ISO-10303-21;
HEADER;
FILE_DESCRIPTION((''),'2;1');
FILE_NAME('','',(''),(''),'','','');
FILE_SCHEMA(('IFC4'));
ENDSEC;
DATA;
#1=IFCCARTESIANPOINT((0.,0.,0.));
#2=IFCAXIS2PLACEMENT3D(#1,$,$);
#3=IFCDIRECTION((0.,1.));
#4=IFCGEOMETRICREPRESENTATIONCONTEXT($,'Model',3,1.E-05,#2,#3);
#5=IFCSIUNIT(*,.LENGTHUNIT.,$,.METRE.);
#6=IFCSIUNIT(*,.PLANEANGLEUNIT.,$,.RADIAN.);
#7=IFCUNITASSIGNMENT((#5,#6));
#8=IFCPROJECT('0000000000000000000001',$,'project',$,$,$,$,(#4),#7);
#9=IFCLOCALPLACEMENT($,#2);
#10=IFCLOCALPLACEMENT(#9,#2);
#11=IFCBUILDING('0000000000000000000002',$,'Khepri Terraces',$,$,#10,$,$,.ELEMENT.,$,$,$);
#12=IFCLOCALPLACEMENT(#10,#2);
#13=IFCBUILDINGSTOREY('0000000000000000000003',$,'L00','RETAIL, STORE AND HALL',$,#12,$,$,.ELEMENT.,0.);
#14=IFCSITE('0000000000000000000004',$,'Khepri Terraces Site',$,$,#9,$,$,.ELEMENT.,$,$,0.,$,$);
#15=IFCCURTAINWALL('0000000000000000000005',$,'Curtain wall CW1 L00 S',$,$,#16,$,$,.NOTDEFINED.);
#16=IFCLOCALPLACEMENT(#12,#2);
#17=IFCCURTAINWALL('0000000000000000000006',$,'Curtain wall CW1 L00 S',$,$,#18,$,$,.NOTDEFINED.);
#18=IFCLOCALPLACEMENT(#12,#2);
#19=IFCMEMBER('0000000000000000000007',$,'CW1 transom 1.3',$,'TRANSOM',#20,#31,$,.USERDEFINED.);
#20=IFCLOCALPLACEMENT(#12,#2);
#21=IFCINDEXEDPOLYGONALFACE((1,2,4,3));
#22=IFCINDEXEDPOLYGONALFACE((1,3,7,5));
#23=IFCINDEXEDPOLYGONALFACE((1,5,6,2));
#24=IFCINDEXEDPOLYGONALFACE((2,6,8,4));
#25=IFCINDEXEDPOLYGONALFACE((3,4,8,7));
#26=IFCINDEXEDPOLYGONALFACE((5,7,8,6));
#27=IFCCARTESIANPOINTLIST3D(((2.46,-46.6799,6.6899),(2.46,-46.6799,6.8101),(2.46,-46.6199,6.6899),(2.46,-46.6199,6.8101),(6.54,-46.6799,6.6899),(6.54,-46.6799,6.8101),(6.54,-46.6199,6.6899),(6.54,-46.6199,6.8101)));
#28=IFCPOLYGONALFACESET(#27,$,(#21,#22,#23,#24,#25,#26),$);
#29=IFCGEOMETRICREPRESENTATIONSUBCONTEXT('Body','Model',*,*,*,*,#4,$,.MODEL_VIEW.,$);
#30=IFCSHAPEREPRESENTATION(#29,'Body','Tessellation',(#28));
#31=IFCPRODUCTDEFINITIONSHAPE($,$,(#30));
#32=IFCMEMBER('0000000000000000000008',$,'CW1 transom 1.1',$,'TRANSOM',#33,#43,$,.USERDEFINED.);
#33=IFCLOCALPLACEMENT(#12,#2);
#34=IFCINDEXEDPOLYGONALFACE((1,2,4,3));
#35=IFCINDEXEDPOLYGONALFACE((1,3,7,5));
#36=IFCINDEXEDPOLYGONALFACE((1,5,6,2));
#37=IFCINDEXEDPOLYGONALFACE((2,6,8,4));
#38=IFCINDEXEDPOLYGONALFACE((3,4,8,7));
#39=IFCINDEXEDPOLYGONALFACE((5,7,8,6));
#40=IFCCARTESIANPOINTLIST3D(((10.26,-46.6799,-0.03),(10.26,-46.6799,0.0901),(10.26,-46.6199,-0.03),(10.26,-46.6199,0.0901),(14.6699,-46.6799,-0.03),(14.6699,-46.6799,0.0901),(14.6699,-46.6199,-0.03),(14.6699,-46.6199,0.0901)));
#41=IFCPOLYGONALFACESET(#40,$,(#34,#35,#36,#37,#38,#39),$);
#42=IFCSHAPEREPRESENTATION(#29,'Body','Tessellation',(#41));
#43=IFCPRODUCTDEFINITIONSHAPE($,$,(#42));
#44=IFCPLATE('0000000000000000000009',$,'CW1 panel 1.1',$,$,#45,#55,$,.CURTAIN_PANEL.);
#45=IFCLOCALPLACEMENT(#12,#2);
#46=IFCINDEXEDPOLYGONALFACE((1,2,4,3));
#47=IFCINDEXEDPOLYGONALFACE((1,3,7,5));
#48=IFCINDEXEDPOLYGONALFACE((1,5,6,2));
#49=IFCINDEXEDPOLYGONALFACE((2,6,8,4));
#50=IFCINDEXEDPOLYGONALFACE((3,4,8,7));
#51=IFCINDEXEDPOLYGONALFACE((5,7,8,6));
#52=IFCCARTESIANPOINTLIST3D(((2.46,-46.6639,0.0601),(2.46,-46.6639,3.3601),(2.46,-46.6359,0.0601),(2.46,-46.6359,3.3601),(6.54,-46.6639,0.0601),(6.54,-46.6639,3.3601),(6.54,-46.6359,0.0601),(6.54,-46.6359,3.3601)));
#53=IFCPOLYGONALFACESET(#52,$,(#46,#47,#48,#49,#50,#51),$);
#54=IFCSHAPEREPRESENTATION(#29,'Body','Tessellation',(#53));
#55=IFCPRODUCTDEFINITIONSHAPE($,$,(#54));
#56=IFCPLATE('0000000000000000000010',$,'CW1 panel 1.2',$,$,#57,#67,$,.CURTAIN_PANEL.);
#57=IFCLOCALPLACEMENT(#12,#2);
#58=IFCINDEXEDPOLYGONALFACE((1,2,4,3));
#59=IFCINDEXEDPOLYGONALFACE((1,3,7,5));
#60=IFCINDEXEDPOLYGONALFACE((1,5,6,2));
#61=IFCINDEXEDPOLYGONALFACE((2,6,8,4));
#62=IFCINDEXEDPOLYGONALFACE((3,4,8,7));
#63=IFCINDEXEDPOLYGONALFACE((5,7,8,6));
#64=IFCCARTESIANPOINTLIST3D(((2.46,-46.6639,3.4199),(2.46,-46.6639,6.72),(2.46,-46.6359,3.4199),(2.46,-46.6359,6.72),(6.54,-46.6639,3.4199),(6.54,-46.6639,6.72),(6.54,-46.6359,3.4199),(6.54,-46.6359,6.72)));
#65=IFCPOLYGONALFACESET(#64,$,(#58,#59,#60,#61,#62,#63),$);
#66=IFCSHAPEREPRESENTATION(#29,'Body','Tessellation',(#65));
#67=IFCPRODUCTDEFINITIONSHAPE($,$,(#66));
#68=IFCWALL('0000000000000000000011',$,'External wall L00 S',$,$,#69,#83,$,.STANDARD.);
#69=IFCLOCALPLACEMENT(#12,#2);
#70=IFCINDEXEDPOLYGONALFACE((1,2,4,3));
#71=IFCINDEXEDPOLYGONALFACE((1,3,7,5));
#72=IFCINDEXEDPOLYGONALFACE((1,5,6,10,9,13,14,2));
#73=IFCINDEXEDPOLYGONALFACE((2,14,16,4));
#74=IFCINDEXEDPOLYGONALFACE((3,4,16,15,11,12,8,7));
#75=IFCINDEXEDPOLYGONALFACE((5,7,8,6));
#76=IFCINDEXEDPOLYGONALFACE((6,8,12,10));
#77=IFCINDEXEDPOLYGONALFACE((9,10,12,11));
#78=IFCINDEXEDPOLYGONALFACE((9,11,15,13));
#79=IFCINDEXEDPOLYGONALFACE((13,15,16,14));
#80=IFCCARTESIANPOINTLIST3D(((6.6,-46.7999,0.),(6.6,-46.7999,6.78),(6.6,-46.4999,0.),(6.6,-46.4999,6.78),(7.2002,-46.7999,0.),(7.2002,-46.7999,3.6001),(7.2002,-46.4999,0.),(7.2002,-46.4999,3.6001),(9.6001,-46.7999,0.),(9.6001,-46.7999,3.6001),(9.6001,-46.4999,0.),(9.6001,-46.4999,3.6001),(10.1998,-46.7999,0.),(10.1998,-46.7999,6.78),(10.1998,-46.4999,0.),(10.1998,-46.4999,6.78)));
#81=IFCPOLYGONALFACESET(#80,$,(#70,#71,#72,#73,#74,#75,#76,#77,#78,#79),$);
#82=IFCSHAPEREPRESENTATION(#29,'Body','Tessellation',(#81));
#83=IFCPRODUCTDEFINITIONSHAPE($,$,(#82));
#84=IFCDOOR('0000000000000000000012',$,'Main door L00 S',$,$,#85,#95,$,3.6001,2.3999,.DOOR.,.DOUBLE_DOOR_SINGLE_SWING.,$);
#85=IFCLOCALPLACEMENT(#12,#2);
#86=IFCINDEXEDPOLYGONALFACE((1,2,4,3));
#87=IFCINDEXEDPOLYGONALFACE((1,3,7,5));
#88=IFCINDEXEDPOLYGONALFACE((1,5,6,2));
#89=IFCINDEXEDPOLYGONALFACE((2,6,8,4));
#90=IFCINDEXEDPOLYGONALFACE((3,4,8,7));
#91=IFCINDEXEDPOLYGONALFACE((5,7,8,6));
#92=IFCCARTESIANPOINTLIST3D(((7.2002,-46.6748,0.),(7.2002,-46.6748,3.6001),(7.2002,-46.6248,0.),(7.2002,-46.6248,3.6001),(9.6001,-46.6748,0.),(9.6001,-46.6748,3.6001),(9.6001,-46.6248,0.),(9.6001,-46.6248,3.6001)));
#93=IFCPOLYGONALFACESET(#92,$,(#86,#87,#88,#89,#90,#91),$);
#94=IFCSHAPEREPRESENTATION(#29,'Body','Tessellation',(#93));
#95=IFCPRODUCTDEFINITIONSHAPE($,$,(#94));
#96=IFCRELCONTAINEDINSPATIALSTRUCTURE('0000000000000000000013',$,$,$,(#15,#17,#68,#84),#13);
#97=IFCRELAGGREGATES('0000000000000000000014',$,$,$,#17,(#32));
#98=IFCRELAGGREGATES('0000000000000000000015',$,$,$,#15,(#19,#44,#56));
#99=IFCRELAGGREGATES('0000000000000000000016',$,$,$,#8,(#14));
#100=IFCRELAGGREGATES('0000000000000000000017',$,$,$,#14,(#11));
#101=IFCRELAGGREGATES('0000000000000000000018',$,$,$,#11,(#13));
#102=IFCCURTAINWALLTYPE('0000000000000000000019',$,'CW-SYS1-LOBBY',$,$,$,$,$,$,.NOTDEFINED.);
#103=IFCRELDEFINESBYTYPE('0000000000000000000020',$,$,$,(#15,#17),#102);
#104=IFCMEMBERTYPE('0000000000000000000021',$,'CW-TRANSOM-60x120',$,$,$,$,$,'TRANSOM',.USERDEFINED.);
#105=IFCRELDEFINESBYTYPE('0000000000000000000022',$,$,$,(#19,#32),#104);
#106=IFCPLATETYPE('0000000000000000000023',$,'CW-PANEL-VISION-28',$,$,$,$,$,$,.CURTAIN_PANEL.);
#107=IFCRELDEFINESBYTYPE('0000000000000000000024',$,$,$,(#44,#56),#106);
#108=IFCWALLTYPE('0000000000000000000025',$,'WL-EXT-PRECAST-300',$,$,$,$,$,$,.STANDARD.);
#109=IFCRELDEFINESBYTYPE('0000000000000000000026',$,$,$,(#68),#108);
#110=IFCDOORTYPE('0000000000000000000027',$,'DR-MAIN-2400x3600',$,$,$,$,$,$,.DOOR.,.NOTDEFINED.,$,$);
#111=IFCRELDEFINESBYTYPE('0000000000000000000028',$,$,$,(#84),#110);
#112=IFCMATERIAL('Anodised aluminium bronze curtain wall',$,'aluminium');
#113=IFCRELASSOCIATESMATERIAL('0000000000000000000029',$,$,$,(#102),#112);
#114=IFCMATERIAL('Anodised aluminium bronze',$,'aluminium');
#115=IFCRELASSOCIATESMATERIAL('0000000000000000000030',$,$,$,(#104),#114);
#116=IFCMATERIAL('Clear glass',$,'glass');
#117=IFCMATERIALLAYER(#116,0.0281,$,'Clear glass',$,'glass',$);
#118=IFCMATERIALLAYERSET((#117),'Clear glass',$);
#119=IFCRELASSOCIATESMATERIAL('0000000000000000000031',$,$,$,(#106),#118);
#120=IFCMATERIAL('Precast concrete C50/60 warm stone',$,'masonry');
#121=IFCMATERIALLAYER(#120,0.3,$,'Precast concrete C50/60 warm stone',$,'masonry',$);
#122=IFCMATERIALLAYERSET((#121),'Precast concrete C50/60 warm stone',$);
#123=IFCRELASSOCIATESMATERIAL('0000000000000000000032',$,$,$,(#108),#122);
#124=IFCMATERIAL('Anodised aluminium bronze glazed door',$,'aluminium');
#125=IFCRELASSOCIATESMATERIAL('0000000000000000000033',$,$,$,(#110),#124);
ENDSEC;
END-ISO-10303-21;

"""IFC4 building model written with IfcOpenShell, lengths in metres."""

from ifc_helpers import new_model, si_unit, direction, frame, frame_2d, origin, origin_2d, place, context, subcontext, project, spatial, rectangle, extrude, material, layer, layer_set, material_profile, profile_set, type_object, element, fill, aggregate, save


model = new_model("IFC4")

# Units and contexts
model_context = context("Model", 3, precision=1e-05, world=origin(), true_north=direction((0.0, 1.0)))
body_context = subcontext(model_context, "Body", "Model", "MODEL_VIEW")
ifc_project = project(units=[si_unit("LENGTHUNIT", "METRE"), si_unit("PLANEANGLEUNIT", "RADIAN")], contexts=[model_context])

# Site, building, storey
site_placement = place(None, origin())
site = spatial("IfcSite", under=ifc_project, at=site_placement, Name="Khepri Terraces Site", CompositionType="ELEMENT", RefElevation=0.0)
building_placement = place(site_placement, origin())
building = spatial("IfcBuilding", under=site, at=building_placement, Name="Khepri Terraces", CompositionType="ELEMENT")
storey_placement = place(building_placement, origin())
storey = spatial("IfcBuildingStorey", under=building, at=storey_placement, Name="L00", Description="RETAIL, STORE AND HALL", CompositionType="ELEMENT", Elevation=0.0)

# Curtain wall
ifc_material_1 = material(Name="Anodised aluminium bronze curtain wall", Category="aluminium")
curtain_wall_type = type_object("IfcCurtainWallType", Name="CW-SYS1-LOBBY", PredefinedType="NOTDEFINED", material=ifc_material_1)
curtain_wall_1_placement = place(storey_placement, origin())
curtain_wall_1 = element("IfcCurtainWall", 1, at=curtain_wall_1_placement, inside=storey, type_object=curtain_wall_type, Name="Curtain wall CW1 L00 S", PredefinedType="NOTDEFINED")
ifc_material_2 = material(Name="Anodised aluminium bronze", Category="aluminium")

# Curtain wall
curtain_wall_2_placement = place(storey_placement, origin())
curtain_wall_2 = element("IfcCurtainWall", 2, at=curtain_wall_2_placement, inside=storey, type_object=curtain_wall_type, Name="Curtain wall CW1 L00 S", PredefinedType="NOTDEFINED")

# Members
ifc_material_profile_1 = material_profile(ifc_material_2, rectangle(XDim=0.0601, YDim=0.1201, at=origin_2d()), Name="Anodised aluminium bronze", Category="aluminium")
ifc_profile_set_1 = profile_set([ifc_material_profile_1], Name="Anodised aluminium bronze")
member_type_1 = type_object("IfcMemberType", Name="CW-TRANSOM-60x120", ElementType="TRANSOM", PredefinedType="USERDEFINED", material=ifc_profile_set_1)
member_1_placement = place(storey_placement, frame((2.46, -46.6499, 6.75), z_axis=(1.0, 0.0, 0.0), x_axis=(0.0, 1.0, 0.0)))
member_1 = element("IfcMember", 3, at=member_1_placement, type_object=member_type_1, Name="CW1 transom 1.3", ObjectType="TRANSOM", PredefinedType="USERDEFINED", context=body_context, shape_type="SweptSolid", body=[
    extrude(rectangle(XDim=0.0601, YDim=0.1201, at=origin_2d()), origin(), (0.0, 0.0, 1.0), 4.0801),
])
member_2_placement = place(storey_placement, frame((10.26, -46.6499, 0.03), z_axis=(1.0, 0.0, 0.0), x_axis=(0.0, 1.0, 0.0)))
member_2 = element("IfcMember", 4, at=member_2_placement, type_object=member_type_1, Name="CW1 transom 1.1", ObjectType="TRANSOM", PredefinedType="USERDEFINED", context=body_context, shape_type="SweptSolid", body=[
    extrude(rectangle(XDim=0.0601, YDim=0.1201, at=origin_2d()), origin(), (0.0, 0.0, 1.0), 4.4099),
])
aggregate(curtain_wall_2, [member_2])

# Plates
ifc_material_3 = material(Name="Clear glass", Category="glass")
ifc_layer_1 = layer(ifc_material_3, 0.0281, Name="Clear glass", Category="glass")
ifc_layer_set_1 = layer_set([ifc_layer_1], Name="Clear glass")
plate_type = type_object("IfcPlateType", Name="CW-PANEL-VISION-28", PredefinedType="CURTAIN_PANEL", material=ifc_layer_set_1)
plate_1_placement = place(storey_placement, frame((4.5, -46.6499, 0.0601), z_axis=(0.0, 0.0, 1.0), x_axis=(1.0, 0.0, 0.0)))
plate_1 = element("IfcPlate", 5, at=plate_1_placement, type_object=plate_type, Name="CW1 panel 1.1", PredefinedType="CURTAIN_PANEL", context=body_context, shape_type="SweptSolid", body=[
    extrude(rectangle(XDim=4.0801, YDim=0.0281, at=origin_2d()), origin(), (0.0, 0.0, 1.0), 3.3),
])
plate_2_placement = place(storey_placement, frame((4.5, -46.6499, 3.4199), z_axis=(0.0, 0.0, 1.0), x_axis=(1.0, 0.0, 0.0)))
plate_2 = element("IfcPlate", 6, at=plate_2_placement, type_object=plate_type, Name="CW1 panel 1.2", PredefinedType="CURTAIN_PANEL", context=body_context, shape_type="SweptSolid", body=[
    extrude(rectangle(XDim=4.0801, YDim=0.0281, at=origin_2d()), origin(), (0.0, 0.0, 1.0), 3.3),
])
aggregate(curtain_wall_1, [member_1, plate_1, plate_2])

# Wall, opening, door
ifc_material_4 = material(Name="Precast concrete C50/60 warm stone", Category="masonry")
ifc_layer_2 = layer(ifc_material_4, 0.3, Name="Precast concrete C50/60 warm stone", Category="masonry")
ifc_layer_set_2 = layer_set([ifc_layer_2], Name="Precast concrete C50/60 warm stone")
wall_type = type_object("IfcWallType", Name="WL-EXT-PRECAST-300", PredefinedType="STANDARD", material=ifc_layer_set_2)
wall_placement = place(storey_placement, frame((6.6001, -46.6499, 0.0), z_axis=(0.0, 0.0, 1.0), x_axis=(1.0, 0.0, 0.0)))
wall = element("IfcWall", 7, at=wall_placement, inside=storey, type_object=wall_type, Name="External wall L00 S", PredefinedType="STANDARD", context=body_context, shape_type="SweptSolid", body=[
    extrude(rectangle(XDim=3.5999, YDim=0.3, at=frame_2d((1.7998, 0.0))), origin(), (0.0, 0.0, 1.0), 6.78),
])
opening_placement = place(wall_placement, frame((0.6001, 0.0, 0.0)))
opening = element("IfcOpeningElement", 8, at=opening_placement, cuts=wall, PredefinedType="OPENING", context=body_context, shape_type="SweptSolid", body=[
    extrude(rectangle(XDim=2.3999, YDim=3.6001, at=frame_2d((1.2, 1.8))), frame((0.0, 0.1602, 0.0), z_axis=(0.0, -1.0, 0.0), x_axis=(1.0, 0.0, 0.0)), (0.0, 0.0, 1.0), 0.3201),
])
ifc_material_5 = material(Name="Anodised aluminium bronze glazed door", Category="aluminium")
door_type = type_object("IfcDoorType", Name="DR-MAIN-2400x3600", OperationType="NOTDEFINED", PredefinedType="DOOR", material=ifc_material_5)
door_placement = place(opening_placement, frame((2.3999, 0.0, 0.0), z_axis=(0.0, 0.0, 1.0), x_axis=(-1.0, 0.0, 0.0)))
door = element("IfcDoor", 9, at=door_placement, inside=storey, type_object=door_type, Name="Main door L00 S", OperationType="DOUBLE_DOOR_SINGLE_SWING", OverallHeight=3.6001, OverallWidth=2.3999, PredefinedType="DOOR", context=body_context, shape_type="SweptSolid", body=[
    extrude(rectangle(XDim=2.3999, YDim=3.6001, at=frame_2d((1.2, 1.8))), frame((0.0, 0.0249, 0.0), z_axis=(0.0, -1.0, 0.0), x_axis=(1.0, 0.0, 0.0)), (0.0, 0.0, 1.0), 0.05),
])
fill(opening, door)

save(model, "model.ifc")
